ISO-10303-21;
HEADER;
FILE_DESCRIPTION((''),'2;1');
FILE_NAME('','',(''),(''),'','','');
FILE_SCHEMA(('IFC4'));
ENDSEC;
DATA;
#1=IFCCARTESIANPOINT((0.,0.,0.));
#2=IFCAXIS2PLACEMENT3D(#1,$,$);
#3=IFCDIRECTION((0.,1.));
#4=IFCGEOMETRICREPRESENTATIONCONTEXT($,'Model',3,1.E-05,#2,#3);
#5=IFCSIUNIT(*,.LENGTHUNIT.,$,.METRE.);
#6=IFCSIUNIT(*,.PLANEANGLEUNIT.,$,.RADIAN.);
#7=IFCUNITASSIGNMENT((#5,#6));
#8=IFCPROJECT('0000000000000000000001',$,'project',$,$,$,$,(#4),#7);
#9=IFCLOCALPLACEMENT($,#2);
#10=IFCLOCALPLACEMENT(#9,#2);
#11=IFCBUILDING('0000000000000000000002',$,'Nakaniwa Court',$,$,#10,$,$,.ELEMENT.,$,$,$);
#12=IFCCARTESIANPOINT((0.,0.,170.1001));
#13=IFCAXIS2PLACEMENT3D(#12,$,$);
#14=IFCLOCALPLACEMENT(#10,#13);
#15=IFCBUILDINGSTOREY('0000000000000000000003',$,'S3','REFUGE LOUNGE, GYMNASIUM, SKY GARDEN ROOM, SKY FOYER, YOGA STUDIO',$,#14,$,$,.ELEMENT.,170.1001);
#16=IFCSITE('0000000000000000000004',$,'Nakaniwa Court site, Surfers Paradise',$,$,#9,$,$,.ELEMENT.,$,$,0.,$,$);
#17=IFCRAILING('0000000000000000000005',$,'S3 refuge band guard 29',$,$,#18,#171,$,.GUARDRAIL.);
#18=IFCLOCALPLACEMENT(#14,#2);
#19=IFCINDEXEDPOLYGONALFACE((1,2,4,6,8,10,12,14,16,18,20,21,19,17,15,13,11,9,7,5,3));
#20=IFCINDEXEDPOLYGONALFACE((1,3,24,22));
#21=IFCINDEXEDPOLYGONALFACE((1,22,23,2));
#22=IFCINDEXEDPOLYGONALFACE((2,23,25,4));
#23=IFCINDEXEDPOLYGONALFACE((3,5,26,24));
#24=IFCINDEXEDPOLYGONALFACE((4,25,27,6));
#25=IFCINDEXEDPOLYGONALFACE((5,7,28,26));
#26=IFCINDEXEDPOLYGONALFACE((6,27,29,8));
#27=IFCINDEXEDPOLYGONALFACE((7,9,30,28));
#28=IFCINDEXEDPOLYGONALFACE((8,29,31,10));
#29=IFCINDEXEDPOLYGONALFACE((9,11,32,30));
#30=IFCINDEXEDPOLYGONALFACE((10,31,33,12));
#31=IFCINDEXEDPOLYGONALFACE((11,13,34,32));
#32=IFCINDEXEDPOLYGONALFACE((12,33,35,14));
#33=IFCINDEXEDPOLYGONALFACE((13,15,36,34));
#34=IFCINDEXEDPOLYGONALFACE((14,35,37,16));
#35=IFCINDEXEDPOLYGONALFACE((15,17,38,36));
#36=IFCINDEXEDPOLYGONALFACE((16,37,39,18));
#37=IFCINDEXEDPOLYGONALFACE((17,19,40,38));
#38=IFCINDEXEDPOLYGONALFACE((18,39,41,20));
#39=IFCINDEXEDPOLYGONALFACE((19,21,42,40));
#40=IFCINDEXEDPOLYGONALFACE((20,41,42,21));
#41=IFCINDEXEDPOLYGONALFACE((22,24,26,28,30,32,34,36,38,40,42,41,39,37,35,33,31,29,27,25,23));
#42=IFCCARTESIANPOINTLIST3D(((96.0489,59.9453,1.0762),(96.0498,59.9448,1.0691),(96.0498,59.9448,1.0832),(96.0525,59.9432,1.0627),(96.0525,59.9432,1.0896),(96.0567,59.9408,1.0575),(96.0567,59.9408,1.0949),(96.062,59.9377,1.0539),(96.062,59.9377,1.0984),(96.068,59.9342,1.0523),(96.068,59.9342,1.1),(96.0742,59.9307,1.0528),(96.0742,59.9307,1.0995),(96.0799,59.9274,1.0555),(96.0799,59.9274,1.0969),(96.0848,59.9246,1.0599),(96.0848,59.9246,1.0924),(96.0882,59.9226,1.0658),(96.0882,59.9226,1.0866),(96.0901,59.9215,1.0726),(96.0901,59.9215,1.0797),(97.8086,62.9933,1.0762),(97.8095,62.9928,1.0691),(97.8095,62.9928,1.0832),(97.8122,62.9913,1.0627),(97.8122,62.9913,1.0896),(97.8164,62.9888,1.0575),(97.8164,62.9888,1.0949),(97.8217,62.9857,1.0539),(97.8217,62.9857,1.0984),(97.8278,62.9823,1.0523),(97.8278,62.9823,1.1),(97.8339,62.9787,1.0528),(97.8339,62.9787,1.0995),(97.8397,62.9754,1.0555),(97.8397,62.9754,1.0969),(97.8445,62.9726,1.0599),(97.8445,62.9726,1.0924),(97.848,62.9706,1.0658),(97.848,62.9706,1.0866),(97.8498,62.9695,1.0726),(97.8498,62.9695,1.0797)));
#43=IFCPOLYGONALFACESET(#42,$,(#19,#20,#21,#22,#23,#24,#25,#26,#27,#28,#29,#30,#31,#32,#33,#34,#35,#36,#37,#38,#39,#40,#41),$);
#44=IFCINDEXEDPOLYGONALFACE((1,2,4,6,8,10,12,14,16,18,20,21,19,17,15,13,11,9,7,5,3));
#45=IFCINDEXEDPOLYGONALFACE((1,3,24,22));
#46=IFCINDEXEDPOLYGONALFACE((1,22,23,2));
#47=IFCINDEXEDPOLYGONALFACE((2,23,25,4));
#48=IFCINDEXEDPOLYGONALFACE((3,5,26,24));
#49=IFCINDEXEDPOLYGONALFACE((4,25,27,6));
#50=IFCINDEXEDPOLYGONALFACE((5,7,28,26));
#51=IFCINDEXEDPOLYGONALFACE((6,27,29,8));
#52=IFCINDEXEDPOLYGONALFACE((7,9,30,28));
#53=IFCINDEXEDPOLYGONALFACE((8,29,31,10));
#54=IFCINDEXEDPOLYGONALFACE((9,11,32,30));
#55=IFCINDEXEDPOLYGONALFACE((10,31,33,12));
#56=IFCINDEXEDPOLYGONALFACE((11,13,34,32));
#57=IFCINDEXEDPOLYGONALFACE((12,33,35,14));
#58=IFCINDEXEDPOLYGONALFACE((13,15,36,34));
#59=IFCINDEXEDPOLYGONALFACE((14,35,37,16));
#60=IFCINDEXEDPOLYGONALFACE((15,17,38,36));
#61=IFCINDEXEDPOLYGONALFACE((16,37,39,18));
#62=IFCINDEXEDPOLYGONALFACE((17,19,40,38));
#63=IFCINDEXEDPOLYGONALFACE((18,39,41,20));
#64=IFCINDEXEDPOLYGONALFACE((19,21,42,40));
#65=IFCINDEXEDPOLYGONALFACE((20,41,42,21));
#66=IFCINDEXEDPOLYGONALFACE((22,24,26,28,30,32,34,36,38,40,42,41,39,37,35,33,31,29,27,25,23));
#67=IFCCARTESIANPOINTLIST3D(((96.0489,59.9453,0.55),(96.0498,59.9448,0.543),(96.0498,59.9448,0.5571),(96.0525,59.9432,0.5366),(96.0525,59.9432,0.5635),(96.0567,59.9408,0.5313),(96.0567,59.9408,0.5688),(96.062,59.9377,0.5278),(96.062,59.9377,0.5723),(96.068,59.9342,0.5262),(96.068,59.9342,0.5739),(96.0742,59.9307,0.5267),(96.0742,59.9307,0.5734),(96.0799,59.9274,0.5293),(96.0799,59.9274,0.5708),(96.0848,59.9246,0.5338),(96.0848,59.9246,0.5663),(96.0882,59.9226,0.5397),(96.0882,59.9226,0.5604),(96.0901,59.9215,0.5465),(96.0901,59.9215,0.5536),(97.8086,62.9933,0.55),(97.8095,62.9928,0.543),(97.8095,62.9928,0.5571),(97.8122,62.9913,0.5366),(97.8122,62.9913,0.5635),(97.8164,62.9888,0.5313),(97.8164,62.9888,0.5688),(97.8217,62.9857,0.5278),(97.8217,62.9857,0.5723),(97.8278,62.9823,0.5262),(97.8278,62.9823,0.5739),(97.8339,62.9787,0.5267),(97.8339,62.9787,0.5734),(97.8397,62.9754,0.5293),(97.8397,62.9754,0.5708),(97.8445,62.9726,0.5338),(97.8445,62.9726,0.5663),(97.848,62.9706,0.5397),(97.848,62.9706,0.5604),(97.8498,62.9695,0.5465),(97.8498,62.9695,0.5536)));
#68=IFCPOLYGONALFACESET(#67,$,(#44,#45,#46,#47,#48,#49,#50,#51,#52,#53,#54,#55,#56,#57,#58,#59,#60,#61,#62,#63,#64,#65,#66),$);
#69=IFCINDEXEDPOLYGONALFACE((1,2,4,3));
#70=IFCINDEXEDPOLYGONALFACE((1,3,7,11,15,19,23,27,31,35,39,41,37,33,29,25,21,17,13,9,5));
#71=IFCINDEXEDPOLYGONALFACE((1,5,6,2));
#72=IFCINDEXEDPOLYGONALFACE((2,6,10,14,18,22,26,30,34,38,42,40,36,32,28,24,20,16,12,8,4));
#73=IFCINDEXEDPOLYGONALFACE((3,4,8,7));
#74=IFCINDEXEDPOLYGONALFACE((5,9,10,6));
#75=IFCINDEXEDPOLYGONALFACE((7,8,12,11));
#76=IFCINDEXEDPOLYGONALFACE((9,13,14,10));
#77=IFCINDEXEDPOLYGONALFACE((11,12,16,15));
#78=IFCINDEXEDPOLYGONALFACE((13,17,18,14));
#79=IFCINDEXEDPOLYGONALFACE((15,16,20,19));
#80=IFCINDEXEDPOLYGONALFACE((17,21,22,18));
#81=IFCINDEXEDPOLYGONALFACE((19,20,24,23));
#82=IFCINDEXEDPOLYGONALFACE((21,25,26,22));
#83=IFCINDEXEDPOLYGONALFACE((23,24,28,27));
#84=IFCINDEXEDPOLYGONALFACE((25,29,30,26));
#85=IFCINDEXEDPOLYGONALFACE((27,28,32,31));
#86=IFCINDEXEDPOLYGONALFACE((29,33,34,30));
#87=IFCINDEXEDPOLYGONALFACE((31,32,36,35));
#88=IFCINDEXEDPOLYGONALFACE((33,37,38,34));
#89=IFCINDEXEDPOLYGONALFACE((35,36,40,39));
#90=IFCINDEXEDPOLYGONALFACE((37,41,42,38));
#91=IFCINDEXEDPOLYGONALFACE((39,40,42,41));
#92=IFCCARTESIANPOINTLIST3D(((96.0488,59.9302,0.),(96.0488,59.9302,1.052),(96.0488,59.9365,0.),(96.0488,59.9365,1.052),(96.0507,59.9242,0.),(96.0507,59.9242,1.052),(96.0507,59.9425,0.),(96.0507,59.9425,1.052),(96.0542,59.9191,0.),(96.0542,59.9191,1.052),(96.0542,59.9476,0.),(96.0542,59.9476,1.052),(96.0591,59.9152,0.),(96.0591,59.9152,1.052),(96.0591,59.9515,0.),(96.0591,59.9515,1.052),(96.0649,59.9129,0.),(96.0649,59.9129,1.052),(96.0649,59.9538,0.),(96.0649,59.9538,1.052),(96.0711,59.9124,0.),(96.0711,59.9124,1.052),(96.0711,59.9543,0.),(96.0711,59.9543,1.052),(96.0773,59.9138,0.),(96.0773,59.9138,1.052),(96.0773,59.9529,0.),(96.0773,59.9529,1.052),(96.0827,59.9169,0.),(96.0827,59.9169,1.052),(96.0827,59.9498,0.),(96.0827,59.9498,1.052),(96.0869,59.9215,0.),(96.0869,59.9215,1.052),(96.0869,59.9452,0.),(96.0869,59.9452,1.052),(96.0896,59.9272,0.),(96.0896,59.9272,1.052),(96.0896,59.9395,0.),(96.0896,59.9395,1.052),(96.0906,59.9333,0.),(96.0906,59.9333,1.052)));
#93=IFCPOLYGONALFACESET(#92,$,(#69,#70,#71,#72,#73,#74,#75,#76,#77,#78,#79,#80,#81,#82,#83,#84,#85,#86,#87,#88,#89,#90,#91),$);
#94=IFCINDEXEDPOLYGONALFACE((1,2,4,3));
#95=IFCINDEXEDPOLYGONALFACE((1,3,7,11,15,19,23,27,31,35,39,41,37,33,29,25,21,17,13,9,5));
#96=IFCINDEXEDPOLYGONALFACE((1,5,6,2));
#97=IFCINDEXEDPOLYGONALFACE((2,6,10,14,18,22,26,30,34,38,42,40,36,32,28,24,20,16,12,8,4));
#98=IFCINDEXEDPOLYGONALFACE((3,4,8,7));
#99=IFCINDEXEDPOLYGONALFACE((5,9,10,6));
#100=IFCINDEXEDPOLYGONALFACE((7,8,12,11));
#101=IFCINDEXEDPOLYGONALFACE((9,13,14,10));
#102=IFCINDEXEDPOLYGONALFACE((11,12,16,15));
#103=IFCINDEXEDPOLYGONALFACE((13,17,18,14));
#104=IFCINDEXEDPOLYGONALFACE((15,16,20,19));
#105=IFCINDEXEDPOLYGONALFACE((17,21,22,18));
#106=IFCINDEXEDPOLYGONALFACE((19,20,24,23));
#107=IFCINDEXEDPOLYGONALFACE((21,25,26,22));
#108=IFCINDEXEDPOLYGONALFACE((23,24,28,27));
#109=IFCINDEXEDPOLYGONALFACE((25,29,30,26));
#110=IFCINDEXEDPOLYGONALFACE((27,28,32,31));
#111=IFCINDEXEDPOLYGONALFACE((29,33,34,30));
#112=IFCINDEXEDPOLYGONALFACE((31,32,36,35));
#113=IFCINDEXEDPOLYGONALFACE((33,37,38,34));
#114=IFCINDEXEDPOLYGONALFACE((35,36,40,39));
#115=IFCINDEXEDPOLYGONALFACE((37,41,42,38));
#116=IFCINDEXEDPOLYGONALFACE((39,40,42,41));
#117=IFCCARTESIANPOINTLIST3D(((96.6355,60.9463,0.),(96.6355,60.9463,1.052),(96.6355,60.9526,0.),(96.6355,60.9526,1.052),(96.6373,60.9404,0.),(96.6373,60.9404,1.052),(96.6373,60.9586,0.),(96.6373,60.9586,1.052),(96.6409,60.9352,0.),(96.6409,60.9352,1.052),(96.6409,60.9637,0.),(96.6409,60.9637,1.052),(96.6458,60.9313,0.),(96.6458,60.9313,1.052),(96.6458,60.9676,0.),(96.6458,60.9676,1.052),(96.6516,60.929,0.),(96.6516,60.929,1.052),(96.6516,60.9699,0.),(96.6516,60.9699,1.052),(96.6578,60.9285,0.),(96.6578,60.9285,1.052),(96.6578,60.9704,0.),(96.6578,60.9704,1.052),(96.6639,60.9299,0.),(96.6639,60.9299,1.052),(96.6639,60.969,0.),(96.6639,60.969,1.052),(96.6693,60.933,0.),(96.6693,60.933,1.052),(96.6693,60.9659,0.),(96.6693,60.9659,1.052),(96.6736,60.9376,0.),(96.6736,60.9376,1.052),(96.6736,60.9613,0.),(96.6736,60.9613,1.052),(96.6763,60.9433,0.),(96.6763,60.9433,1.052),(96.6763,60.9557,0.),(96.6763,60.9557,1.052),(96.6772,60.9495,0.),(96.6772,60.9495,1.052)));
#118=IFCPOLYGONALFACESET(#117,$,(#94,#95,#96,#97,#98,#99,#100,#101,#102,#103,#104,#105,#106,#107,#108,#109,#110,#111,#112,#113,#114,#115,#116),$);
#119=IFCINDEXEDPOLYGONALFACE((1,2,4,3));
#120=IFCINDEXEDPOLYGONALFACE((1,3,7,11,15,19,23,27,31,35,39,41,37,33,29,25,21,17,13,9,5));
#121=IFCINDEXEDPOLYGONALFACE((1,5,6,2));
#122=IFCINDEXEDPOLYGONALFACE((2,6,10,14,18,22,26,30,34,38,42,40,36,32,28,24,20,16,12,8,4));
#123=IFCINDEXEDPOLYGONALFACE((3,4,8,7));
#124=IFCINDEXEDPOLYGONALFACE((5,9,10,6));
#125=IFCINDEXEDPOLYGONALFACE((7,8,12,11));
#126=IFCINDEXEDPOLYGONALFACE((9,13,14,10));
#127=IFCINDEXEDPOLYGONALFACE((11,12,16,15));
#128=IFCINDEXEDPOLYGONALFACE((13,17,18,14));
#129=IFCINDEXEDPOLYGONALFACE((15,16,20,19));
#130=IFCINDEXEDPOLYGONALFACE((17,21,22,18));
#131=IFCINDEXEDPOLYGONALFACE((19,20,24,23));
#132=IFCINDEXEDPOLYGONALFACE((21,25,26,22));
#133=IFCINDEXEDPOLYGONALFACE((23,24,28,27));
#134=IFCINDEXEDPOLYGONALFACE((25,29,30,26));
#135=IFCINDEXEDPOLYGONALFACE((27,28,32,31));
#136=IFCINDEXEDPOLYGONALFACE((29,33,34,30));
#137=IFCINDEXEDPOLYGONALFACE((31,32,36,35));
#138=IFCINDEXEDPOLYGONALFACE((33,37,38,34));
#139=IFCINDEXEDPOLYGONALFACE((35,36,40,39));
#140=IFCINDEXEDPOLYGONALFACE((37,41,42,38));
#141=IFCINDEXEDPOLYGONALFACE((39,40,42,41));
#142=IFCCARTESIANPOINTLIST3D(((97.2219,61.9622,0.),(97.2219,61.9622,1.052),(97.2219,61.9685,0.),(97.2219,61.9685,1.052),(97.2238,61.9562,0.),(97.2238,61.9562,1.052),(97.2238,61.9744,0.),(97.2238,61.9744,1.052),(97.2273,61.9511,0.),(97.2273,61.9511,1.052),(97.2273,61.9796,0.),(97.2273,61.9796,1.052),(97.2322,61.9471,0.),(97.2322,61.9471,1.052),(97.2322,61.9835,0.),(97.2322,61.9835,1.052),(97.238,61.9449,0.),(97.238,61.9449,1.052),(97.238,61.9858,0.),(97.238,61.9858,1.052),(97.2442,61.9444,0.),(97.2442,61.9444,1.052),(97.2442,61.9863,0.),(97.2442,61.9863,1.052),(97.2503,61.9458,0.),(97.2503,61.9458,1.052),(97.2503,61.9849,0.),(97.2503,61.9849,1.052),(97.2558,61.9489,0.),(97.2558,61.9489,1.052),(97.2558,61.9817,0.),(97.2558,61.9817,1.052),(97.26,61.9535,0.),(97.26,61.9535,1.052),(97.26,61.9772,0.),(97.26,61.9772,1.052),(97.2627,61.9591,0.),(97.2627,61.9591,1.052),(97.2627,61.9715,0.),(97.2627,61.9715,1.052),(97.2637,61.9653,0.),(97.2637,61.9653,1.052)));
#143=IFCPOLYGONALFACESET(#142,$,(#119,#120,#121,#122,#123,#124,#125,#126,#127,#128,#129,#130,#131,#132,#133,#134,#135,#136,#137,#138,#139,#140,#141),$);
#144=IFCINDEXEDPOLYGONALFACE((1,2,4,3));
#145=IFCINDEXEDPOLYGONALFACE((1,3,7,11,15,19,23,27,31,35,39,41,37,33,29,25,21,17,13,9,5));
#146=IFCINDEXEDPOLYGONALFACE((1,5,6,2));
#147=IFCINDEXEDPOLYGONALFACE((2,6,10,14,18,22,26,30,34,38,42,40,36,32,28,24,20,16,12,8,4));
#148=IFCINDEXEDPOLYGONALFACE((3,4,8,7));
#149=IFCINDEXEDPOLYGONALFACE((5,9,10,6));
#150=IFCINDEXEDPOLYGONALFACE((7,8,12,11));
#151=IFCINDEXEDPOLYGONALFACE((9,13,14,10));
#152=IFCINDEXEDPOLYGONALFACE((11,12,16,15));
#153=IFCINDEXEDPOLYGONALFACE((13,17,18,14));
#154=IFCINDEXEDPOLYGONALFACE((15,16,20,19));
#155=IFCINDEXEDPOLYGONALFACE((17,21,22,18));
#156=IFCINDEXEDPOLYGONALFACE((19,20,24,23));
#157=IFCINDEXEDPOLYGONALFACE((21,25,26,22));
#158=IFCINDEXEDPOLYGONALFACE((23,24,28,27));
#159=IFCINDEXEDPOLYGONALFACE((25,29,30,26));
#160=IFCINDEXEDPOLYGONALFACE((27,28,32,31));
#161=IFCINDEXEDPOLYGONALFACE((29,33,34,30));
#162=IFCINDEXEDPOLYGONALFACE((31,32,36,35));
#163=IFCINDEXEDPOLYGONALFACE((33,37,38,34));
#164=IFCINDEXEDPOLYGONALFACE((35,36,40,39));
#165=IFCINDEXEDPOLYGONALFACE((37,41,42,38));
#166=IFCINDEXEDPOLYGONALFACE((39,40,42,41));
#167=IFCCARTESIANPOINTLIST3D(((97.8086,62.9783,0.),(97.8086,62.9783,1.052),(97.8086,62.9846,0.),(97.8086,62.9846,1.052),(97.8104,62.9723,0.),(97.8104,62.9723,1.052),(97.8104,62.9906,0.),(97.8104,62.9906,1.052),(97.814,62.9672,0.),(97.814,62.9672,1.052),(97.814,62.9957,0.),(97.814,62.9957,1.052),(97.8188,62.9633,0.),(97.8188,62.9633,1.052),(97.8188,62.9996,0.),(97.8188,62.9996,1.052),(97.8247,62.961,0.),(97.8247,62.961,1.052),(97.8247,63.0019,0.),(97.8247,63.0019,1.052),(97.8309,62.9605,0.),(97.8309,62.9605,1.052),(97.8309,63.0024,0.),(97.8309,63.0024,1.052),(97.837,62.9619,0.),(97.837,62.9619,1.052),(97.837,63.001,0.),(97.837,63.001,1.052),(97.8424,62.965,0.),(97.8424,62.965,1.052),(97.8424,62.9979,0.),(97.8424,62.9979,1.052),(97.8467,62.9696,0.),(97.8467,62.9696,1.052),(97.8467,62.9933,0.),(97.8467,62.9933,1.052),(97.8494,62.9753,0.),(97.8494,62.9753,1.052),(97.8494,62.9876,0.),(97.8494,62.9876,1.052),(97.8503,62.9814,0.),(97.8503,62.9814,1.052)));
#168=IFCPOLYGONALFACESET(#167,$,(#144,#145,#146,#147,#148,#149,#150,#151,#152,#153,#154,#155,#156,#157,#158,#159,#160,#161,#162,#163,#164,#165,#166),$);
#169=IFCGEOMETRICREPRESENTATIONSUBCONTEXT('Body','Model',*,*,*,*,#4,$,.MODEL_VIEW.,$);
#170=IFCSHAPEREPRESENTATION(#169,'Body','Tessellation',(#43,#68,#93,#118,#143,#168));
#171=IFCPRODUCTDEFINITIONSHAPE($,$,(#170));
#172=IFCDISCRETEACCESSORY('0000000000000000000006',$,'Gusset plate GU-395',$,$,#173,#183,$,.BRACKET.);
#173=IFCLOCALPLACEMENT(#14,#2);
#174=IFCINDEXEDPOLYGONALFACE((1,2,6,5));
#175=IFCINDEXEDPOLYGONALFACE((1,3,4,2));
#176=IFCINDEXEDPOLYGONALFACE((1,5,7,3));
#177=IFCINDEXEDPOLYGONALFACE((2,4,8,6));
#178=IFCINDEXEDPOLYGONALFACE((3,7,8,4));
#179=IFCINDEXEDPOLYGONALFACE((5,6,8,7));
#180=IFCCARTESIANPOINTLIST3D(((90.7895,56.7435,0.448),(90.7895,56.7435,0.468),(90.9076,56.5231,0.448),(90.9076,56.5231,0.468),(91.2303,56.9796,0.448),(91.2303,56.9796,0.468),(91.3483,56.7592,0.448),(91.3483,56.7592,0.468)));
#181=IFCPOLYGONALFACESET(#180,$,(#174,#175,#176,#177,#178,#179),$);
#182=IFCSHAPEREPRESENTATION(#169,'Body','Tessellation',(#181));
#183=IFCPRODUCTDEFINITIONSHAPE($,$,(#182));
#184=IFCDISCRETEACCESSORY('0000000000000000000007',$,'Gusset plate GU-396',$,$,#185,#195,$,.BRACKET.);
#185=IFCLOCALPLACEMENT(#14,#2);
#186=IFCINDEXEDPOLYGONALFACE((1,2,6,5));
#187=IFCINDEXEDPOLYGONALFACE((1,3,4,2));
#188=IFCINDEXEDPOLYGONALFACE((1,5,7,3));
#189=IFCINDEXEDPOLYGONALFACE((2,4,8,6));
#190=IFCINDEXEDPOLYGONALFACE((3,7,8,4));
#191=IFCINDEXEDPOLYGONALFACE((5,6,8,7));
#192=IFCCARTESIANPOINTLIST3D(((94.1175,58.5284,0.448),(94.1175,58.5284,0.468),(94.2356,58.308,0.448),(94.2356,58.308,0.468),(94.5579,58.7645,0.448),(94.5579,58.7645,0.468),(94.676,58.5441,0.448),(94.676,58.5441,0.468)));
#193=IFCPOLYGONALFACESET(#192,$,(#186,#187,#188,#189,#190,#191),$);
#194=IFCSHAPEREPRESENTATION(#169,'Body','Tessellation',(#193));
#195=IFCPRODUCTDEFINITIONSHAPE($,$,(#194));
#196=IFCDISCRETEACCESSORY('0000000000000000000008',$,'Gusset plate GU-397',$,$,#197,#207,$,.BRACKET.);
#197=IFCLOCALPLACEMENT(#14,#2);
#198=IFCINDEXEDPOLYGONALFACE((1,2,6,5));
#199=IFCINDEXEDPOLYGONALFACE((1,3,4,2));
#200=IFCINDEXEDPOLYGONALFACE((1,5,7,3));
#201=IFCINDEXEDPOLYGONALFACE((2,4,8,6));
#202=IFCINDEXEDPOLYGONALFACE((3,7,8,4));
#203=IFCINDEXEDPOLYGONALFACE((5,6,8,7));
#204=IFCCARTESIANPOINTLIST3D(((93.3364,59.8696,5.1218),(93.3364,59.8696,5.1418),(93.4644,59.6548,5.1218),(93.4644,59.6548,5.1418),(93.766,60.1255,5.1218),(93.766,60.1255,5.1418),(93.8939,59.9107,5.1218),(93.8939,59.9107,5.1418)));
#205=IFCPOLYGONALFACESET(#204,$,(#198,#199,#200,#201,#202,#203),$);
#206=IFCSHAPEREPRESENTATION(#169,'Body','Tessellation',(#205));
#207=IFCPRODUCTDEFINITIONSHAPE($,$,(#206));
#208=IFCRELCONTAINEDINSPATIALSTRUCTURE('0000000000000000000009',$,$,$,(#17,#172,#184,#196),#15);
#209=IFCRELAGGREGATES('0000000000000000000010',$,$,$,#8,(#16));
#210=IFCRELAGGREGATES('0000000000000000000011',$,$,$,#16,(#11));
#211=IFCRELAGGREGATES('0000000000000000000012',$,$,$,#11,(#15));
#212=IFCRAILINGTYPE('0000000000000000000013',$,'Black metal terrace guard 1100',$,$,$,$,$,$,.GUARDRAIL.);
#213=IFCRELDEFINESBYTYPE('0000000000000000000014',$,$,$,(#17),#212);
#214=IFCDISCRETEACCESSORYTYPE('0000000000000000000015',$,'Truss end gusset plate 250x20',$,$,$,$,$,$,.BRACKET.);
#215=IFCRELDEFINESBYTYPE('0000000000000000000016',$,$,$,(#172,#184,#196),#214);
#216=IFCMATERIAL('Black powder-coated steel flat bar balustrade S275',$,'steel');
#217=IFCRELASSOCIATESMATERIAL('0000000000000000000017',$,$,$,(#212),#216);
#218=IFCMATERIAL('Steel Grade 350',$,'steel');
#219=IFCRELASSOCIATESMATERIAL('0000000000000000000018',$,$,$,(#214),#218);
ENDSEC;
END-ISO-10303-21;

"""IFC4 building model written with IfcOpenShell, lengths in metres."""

from ifc_helpers import new_model, si_unit, direction, frame, origin, origin_2d, place, context, subcontext, project, spatial, rectangle, circle, extrude, material, material_profile, profile_set, type_object, element, save


model = new_model("IFC4")

# Units and contexts
model_context = context("Model", 3, precision=1e-05, world=origin(), true_north=direction((0.0, 1.0)))
body_context = subcontext(model_context, "Body", "Model", "MODEL_VIEW")
ifc_project = project(units=[si_unit("LENGTHUNIT", "METRE"), si_unit("PLANEANGLEUNIT", "RADIAN")], contexts=[model_context])

# Site, building, storey
site_placement = place(None, origin())
site = spatial("IfcSite", under=ifc_project, at=site_placement, Name="Nakaniwa Court site, Surfers Paradise", CompositionType="ELEMENT", RefElevation=0.0)
building_placement = place(site_placement, origin())
building = spatial("IfcBuilding", under=site, at=building_placement, Name="Nakaniwa Court", CompositionType="ELEMENT")
storey_placement = place(building_placement, frame((0.0, 0.0, 170.1001)))
storey = spatial("IfcBuildingStorey", under=building, at=storey_placement, Name="S3", Description="REFUGE LOUNGE, GYMNASIUM, SKY GARDEN ROOM, SKY FOYER, YOGA STUDIO", CompositionType="ELEMENT", Elevation=170.1001)

# Shared definitions
ifc_material_1 = material(Name="Steel Grade 350", Category="steel")

# Railing
ifc_material_2 = material(Name="Black powder-coated steel flat bar balustrade S275", Category="steel")
railing_type = type_object("IfcRailingType", Name="Black metal terrace guard 1100", PredefinedType="GUARDRAIL", material=ifc_material_2)
railing_1_placement = place(storey_placement, frame((96.0696, 59.9333, 0.0)))
element("IfcRailing", 1, at=railing_1_placement, inside=storey, type_object=railing_type, Name="S3 refuge band guard 29", PredefinedType="GUARDRAIL", context=body_context, shape_type="SweptSolid", body=[
    extrude(circle(Radius=0.0239, at=origin_2d()), frame((0.0, 0.0, 1.0762), z_axis=(0.499989, 0.866032, 0.0), x_axis=(-0.866032, 0.499989, 0.0)), (0.0, 0.0, 1.0), 3.5195),
    extrude(circle(Radius=0.0239, at=origin_2d()), frame((0.0, 0.0, 0.55), z_axis=(0.499989, 0.866032, 0.0), x_axis=(-0.866032, 0.499989, 0.0)), (0.0, 0.0, 1.0), 3.5195),
    extrude(circle(Radius=0.021, at=origin_2d()), origin(), (0.0, 0.0, 1.0), 1.052),
    extrude(circle(Radius=0.021, at=origin_2d()), frame((0.5867, 1.0161, 0.0)), (0.0, 0.0, 1.0), 1.052),
    extrude(circle(Radius=0.021, at=origin_2d()), frame((1.1731, 2.032, 0.0)), (0.0, 0.0, 1.0), 1.052),
    extrude(circle(Radius=0.021, at=origin_2d()), frame((1.7598, 3.0481, 0.0)), (0.0, 0.0, 1.0), 1.052),
])

# Discrete accessories
ifc_material_profile_1 = material_profile(ifc_material_1, rectangle(XDim=0.25, YDim=0.02, at=origin_2d()), Name="Truss end gusset plate 250x20")
ifc_profile_set_1 = profile_set([ifc_material_profile_1], Name="Steel Grade 350")
discrete_accessory_type = type_object("IfcDiscreteAccessoryType", Name="Truss end gusset plate 250x20", PredefinedType="BRACKET", material=ifc_profile_set_1)
discrete_accessory_1_placement = place(storey_placement, frame((91.2893, 56.8694, 0.458), z_axis=(-0.881473, -0.472235, 0.0), x_axis=(0.472235, -0.881473, 0.0)))
element("IfcDiscreteAccessory", 2, at=discrete_accessory_1_placement, inside=storey, type_object=discrete_accessory_type, Name="Gusset plate GU-395", PredefinedType="BRACKET", context=body_context, shape_type="SweptSolid", body=[
    extrude(rectangle(XDim=0.25, YDim=0.02, at=origin_2d()), origin(), (0.0, 0.0, 1.0), 0.5),
])
discrete_accessory_2_placement = place(storey_placement, frame((94.1765, 58.4182, 0.458), z_axis=(0.881364, 0.472438, 0.0), x_axis=(-0.472438, 0.881364, 0.0)))
element("IfcDiscreteAccessory", 3, at=discrete_accessory_2_placement, inside=storey, type_object=discrete_accessory_type, Name="Gusset plate GU-396", PredefinedType="BRACKET", context=body_context, shape_type="SweptSolid", body=[
    extrude(rectangle(XDim=0.25, YDim=0.02, at=origin_2d()), origin(), (0.0, 0.0, 1.0), 0.4998),
])
for number, where, z_axis, x_axis, name in (
    (4, (93.4004, 59.7622, 5.1318), (0.859083, 0.511836, 0.0), (-0.511836, 0.859083, 0.0), "Gusset plate GU-397"),
):
    element("IfcDiscreteAccessory", number, at=place(storey_placement, frame(where, z_axis=z_axis, x_axis=x_axis)), inside=storey, type_object=discrete_accessory_type, Name=name, PredefinedType="BRACKET", context=body_context, shape_type="SweptSolid", body=[
        extrude(rectangle(XDim=0.25, YDim=0.02, at=origin_2d()), origin(), (0.0, 0.0, 1.0), 0.5),
    ])

save(model, "model.ifc")
